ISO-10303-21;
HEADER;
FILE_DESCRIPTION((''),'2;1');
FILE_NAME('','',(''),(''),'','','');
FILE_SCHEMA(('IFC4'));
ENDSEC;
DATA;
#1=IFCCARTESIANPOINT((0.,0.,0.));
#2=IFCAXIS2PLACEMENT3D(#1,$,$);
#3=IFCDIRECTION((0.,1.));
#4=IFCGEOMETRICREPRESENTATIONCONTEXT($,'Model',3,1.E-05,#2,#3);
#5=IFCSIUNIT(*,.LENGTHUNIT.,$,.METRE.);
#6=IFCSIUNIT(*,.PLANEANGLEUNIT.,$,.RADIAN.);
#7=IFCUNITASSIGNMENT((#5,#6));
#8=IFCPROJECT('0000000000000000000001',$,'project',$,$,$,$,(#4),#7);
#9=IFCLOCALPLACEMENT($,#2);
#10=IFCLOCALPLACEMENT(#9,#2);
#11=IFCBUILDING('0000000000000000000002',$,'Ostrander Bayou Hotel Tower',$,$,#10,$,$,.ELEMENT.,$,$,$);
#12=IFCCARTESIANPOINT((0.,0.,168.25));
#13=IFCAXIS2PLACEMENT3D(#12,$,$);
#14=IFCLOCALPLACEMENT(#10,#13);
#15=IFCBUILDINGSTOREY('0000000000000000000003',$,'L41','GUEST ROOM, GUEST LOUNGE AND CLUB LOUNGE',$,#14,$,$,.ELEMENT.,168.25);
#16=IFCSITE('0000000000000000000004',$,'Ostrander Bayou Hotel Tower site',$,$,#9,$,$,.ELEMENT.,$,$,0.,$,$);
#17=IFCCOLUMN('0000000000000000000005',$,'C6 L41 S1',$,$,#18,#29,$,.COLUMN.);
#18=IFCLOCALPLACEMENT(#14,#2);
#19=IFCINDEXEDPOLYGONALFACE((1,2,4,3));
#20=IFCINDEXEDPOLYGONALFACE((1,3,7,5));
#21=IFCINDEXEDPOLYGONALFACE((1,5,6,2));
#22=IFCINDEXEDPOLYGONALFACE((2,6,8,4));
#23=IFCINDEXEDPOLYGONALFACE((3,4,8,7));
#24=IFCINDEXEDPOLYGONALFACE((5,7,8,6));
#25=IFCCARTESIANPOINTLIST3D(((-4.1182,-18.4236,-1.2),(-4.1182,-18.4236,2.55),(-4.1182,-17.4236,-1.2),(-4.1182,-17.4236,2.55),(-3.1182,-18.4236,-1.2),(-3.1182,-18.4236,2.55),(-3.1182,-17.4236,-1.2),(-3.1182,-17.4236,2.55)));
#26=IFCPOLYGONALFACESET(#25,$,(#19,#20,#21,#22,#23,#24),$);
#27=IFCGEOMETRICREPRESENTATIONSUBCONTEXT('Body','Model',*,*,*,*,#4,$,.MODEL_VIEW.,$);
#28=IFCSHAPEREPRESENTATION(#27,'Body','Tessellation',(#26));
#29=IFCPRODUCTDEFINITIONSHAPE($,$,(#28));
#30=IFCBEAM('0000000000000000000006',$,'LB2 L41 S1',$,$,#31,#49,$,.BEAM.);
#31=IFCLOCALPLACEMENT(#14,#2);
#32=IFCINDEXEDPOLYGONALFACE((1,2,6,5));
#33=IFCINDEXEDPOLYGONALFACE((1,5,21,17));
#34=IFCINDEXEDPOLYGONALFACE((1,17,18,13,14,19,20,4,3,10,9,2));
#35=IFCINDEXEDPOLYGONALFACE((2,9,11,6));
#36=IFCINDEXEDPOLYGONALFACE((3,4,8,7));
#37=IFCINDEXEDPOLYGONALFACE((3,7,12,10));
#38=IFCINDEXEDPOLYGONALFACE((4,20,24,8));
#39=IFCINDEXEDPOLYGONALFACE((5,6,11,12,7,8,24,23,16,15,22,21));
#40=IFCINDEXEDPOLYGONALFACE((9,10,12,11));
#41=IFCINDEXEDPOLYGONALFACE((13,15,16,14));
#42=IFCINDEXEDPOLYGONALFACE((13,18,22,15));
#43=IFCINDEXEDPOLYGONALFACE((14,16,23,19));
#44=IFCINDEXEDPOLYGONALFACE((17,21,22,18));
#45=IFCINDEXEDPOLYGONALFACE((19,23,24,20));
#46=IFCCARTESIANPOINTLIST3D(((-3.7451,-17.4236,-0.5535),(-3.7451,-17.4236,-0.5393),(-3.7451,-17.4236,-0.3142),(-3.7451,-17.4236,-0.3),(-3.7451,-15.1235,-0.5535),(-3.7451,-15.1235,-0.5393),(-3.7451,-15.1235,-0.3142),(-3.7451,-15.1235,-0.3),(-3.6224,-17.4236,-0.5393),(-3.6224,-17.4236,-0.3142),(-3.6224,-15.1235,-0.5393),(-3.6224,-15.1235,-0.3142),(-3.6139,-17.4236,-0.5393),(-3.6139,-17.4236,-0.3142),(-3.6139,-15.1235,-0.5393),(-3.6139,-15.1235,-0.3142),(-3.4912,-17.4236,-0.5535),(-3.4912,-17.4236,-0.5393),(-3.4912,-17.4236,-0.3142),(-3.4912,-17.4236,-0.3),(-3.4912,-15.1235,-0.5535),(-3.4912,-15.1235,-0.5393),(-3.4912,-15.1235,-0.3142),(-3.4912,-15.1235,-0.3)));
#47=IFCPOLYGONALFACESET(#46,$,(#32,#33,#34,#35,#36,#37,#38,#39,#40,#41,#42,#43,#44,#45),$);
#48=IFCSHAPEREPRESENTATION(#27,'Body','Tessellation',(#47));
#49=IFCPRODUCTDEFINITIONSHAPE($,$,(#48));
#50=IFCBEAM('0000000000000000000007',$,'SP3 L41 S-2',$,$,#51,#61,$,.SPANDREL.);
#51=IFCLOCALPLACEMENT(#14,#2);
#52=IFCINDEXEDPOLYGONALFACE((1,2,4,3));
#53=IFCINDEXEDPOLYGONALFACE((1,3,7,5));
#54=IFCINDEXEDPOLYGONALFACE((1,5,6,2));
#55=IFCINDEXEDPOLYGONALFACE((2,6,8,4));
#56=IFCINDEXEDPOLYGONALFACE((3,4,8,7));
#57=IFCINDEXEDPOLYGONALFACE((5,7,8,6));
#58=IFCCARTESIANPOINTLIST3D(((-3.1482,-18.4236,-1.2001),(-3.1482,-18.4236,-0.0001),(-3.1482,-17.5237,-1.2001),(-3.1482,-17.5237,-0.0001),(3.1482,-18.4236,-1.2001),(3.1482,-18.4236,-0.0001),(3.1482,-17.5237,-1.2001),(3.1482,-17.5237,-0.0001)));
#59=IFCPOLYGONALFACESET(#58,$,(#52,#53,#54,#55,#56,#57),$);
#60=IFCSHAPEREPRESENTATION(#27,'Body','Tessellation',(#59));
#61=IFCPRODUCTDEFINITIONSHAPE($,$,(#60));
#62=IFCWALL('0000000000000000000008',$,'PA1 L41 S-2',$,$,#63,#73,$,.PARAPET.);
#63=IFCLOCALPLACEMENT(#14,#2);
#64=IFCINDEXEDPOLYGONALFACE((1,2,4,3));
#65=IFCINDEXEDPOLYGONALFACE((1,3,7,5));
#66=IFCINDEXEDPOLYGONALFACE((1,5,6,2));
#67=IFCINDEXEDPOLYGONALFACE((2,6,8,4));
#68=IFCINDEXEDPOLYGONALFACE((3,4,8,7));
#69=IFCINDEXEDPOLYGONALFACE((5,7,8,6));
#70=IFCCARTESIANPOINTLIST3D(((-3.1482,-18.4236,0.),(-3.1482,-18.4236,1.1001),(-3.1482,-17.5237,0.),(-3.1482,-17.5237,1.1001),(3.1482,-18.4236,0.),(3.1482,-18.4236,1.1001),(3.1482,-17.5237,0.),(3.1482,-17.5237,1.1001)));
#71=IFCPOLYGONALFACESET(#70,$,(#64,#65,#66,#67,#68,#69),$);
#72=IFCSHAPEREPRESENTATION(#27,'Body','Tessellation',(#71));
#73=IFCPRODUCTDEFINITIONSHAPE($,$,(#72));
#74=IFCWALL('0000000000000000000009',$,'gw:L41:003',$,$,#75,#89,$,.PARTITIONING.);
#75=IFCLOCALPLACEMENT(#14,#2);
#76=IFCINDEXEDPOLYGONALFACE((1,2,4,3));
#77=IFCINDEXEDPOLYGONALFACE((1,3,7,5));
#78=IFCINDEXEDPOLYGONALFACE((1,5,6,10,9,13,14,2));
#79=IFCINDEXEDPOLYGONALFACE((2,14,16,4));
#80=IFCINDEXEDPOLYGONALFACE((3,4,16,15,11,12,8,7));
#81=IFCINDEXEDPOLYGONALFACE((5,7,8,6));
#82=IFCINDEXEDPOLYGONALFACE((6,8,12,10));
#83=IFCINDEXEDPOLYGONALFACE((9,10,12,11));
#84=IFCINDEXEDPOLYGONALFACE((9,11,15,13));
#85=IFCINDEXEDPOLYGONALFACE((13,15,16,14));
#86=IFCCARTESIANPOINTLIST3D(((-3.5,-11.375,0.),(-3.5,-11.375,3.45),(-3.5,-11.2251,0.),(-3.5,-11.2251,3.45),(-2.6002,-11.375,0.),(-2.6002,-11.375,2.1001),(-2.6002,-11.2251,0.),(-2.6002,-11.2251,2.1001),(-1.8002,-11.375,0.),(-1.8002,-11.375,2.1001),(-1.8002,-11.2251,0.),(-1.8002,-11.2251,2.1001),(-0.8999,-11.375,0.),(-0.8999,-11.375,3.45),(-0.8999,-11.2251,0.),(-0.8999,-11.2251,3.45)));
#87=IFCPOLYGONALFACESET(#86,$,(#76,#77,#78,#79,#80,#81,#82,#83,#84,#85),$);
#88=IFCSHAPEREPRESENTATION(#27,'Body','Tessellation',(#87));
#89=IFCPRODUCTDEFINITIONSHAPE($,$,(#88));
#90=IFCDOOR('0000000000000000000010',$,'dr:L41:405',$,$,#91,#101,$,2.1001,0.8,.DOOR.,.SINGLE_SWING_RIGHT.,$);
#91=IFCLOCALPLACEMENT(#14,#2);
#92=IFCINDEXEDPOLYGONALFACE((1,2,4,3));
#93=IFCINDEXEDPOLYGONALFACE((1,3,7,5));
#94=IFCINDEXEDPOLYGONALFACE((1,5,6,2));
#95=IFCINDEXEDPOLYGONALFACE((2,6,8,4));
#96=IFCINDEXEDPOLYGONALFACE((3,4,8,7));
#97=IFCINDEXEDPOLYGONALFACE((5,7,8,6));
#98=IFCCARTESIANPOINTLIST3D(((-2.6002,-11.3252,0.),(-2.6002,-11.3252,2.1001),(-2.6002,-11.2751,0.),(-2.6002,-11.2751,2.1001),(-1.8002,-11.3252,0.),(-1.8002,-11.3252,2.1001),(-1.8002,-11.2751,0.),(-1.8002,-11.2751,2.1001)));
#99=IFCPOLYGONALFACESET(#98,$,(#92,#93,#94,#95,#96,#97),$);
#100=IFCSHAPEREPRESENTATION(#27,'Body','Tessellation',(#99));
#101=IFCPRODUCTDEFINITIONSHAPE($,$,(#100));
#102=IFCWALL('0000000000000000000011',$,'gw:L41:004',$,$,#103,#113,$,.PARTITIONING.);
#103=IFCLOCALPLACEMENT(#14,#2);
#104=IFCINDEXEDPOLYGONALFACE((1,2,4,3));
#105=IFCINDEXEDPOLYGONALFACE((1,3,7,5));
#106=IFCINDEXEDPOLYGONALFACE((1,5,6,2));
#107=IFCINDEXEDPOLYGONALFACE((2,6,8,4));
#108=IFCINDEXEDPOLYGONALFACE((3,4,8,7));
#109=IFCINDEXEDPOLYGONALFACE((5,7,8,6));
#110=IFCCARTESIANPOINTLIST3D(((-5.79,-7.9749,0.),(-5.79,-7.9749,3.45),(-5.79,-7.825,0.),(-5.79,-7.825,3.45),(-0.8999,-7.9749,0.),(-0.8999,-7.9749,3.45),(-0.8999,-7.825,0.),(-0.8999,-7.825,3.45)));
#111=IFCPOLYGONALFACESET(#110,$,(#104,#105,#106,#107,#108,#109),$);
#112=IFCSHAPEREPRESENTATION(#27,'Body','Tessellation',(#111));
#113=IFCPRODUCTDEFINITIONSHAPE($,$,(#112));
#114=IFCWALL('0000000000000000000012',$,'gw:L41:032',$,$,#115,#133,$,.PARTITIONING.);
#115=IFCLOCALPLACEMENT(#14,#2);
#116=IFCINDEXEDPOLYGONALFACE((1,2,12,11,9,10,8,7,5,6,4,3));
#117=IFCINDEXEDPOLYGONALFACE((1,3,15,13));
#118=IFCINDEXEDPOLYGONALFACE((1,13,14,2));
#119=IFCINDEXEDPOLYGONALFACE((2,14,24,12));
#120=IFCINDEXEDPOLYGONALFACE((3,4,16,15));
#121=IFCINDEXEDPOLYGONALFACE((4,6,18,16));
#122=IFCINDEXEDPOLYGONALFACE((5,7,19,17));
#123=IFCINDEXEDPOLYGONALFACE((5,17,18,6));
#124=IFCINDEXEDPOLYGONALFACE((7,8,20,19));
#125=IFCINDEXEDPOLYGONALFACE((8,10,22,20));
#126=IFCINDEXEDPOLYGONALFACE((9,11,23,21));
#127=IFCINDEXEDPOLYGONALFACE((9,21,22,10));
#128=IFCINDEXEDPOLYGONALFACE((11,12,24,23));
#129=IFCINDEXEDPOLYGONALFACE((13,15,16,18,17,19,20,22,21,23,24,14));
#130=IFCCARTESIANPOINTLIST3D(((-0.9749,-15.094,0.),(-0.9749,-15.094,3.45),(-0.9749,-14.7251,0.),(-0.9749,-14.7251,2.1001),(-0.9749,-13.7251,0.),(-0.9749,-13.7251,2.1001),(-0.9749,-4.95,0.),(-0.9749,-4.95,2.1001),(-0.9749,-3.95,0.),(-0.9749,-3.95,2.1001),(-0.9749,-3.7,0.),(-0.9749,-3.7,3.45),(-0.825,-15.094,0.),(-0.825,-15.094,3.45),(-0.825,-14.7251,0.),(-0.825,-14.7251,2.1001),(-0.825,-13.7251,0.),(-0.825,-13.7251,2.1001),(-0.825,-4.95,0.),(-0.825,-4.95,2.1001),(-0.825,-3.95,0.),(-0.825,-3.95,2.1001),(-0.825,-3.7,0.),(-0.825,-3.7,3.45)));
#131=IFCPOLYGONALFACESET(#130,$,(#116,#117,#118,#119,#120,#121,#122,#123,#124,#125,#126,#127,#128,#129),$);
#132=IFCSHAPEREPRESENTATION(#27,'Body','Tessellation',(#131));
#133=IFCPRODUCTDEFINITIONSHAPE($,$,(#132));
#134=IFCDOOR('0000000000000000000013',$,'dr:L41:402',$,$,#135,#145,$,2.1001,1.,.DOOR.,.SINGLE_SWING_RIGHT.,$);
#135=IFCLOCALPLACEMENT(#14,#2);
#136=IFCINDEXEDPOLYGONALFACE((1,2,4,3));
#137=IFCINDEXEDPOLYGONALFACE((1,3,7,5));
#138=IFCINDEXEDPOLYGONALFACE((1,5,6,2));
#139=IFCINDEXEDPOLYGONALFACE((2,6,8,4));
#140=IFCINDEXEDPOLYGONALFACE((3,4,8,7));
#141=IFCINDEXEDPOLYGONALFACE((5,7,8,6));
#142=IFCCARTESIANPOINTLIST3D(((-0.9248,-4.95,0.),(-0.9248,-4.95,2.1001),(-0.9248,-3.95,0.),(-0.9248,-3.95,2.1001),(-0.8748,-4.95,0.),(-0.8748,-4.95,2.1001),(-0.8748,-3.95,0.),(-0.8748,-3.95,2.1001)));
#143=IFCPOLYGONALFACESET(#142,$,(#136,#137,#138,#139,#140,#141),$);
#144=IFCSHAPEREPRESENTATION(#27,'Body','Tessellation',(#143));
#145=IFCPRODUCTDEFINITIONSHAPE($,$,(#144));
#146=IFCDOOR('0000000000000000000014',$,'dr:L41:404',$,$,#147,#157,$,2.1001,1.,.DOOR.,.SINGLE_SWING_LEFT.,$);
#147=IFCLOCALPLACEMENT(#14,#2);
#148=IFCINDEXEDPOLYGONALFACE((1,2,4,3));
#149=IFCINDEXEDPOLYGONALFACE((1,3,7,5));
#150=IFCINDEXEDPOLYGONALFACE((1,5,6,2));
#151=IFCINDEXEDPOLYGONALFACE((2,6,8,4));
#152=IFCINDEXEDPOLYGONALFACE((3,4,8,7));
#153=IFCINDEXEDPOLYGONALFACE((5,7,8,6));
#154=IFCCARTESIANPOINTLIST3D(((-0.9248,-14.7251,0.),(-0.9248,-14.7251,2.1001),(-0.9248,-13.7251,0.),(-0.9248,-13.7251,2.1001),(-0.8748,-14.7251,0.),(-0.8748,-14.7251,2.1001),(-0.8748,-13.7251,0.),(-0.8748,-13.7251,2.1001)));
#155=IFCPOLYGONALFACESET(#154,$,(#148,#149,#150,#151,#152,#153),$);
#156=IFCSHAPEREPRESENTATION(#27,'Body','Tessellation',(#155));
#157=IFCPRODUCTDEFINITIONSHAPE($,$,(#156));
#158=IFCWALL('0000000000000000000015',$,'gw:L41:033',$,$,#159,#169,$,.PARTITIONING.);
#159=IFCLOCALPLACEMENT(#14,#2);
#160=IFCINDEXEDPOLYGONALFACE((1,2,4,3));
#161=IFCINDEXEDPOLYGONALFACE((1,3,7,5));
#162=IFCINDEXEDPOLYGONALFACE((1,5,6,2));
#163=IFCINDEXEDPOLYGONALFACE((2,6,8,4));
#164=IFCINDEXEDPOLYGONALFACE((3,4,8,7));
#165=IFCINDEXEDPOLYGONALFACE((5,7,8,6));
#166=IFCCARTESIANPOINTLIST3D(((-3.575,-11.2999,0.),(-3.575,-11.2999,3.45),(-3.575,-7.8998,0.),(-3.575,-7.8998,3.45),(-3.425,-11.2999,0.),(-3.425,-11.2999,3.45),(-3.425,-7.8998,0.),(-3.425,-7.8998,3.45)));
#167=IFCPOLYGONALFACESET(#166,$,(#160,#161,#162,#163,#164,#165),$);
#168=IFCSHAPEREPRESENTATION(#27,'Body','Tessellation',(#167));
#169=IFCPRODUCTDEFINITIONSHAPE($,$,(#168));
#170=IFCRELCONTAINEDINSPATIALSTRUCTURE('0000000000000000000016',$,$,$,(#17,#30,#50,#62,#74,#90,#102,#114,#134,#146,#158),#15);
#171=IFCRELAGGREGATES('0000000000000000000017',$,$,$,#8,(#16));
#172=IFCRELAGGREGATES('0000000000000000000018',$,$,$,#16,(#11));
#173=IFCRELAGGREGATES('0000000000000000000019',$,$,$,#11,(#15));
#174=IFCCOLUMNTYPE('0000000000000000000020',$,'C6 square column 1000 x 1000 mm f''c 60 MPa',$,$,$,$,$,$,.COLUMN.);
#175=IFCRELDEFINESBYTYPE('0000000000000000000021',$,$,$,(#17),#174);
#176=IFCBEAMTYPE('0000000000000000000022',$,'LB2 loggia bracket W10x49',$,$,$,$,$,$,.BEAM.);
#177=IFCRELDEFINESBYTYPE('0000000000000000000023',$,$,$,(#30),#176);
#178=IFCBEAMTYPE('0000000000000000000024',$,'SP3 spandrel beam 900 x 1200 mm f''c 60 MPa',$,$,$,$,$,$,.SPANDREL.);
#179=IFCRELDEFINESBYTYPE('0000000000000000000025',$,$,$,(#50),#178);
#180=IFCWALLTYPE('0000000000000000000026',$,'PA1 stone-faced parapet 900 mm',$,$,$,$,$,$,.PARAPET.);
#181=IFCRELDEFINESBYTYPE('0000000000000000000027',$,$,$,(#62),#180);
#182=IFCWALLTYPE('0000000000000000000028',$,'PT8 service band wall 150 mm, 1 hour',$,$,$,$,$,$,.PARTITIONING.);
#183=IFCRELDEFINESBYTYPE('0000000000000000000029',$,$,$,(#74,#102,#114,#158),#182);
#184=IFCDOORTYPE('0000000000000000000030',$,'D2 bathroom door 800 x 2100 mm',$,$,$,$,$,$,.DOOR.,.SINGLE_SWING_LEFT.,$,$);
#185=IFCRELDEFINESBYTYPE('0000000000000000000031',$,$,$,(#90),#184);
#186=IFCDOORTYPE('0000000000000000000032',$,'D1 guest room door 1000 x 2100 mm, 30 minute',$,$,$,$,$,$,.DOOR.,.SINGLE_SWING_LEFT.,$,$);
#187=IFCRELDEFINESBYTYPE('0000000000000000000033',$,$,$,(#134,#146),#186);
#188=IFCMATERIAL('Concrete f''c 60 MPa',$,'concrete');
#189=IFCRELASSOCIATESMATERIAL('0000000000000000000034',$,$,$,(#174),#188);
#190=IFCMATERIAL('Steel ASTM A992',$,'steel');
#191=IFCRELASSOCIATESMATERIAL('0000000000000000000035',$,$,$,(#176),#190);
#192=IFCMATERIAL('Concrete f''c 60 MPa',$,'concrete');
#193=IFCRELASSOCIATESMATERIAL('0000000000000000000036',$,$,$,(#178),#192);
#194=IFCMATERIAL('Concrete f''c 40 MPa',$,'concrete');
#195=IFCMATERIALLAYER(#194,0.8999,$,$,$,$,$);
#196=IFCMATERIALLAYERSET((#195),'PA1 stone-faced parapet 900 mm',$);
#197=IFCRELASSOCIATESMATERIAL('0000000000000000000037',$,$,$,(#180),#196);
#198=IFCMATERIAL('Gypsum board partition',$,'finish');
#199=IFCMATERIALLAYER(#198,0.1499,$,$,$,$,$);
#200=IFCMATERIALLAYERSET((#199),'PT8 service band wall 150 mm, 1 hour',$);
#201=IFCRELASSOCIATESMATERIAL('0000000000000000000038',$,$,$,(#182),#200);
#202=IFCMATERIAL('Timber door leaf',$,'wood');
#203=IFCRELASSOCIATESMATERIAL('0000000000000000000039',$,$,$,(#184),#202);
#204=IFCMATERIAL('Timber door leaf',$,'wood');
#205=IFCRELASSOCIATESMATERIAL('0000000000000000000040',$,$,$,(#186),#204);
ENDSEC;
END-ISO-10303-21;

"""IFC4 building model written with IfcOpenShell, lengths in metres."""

from ifc_helpers import new_model, si_unit, direction, frame, frame_2d, origin, origin_2d, place, context, subcontext, project, spatial, rectangle, i_section, extrude, material, layer, layer_set, material_profile, profile_set, type_object, element, fill, save


model = new_model("IFC4")

# Units and contexts
model_context = context("Model", 3, precision=1e-05, world=origin(), true_north=direction((0.0, 1.0)))
body_context = subcontext(model_context, "Body", "Model", "MODEL_VIEW")
ifc_project = project(units=[si_unit("LENGTHUNIT", "METRE"), si_unit("PLANEANGLEUNIT", "RADIAN")], contexts=[model_context])

# Site, building, storey
site_placement = place(None, origin())
site = spatial("IfcSite", under=ifc_project, at=site_placement, Name="Ostrander Bayou Hotel Tower site", CompositionType="ELEMENT", RefElevation=0.0)
building_placement = place(site_placement, origin())
building = spatial("IfcBuilding", under=site, at=building_placement, Name="Ostrander Bayou Hotel Tower", CompositionType="ELEMENT")
storey_placement = place(building_placement, frame((0.0, 0.0, 168.25)))
storey = spatial("IfcBuildingStorey", under=building, at=storey_placement, Name="L41", Description="GUEST ROOM, GUEST LOUNGE AND CLUB LOUNGE", CompositionType="ELEMENT", Elevation=168.25)

# Column
ifc_material_1 = material(Name="Concrete f'c 60 MPa", Category="concrete")
ifc_material_profile_1 = material_profile(ifc_material_1, rectangle(XDim=1.0, YDim=1.0, at=origin_2d()))
ifc_profile_set_1 = profile_set([ifc_material_profile_1], Name="Concrete f'c 60 MPa")
column_type = type_object("IfcColumnType", Name="C6 square column 1000 x 1000 mm f'c 60 MPa", PredefinedType="COLUMN", material=ifc_profile_set_1)
column_placement = place(storey_placement, frame((-3.6182, -17.9236, -1.2), z_axis=(0.0, 0.0, 1.0), x_axis=(-1.0, 0.0, 0.0)))
element("IfcColumn", 1, at=column_placement, inside=storey, type_object=column_type, Name="C6 L41 S1", PredefinedType="COLUMN", context=body_context, shape_type="SweptSolid", body=[
    extrude(rectangle(XDim=1.0, YDim=1.0, at=origin_2d()), origin(), (0.0, 0.0, 1.0), 3.75),
])

# Beams
ifc_material_2 = material(Name="Steel ASTM A992", Category="steel")
ifc_material_profile_2 = material_profile(ifc_material_2, i_section(OverallWidth=0.2539, OverallDepth=0.2534, WebThickness=0.0085, FlangeThickness=0.0142, at=origin_2d()))
ifc_profile_set_2 = profile_set([ifc_material_profile_2], Name="Steel ASTM A992")
beam_type_1 = type_object("IfcBeamType", Name="LB2 loggia bracket W10x49", PredefinedType="BEAM", material=ifc_profile_set_2)
beam_1_placement = place(storey_placement, frame((-3.6182, -17.4236, -0.4268), z_axis=(0.0, 1.0, 0.0), x_axis=(-1.0, 0.0, 0.0)))
element("IfcBeam", 2, at=beam_1_placement, inside=storey, type_object=beam_type_1, Name="LB2 L41 S1", PredefinedType="BEAM", context=body_context, shape_type="SweptSolid", body=[
    extrude(i_section(OverallWidth=0.2539, OverallDepth=0.2534, WebThickness=0.0085, FlangeThickness=0.0142, at=origin_2d()), origin(), (0.0, 0.0, 1.0), 2.3),
])
ifc_material_3 = material(Name="Concrete f'c 60 MPa", Category="concrete")
ifc_material_profile_3 = material_profile(ifc_material_3, rectangle(XDim=0.8999, YDim=1.2, at=origin_2d()))
ifc_profile_set_3 = profile_set([ifc_material_profile_3], Name="Concrete f'c 60 MPa")
beam_type_2 = type_object("IfcBeamType", Name="SP3 spandrel beam 900 x 1200 mm f'c 60 MPa", PredefinedType="SPANDREL", material=ifc_profile_set_3)
beam_2_placement = place(storey_placement, frame((-3.1482, -17.9736, -0.6001), z_axis=(1.0, 0.0, 0.0), x_axis=(0.0, 1.0, 0.0)))
element("IfcBeam", 3, at=beam_2_placement, inside=storey, type_object=beam_type_2, Name="SP3 L41 S-2", PredefinedType="SPANDREL", context=body_context, shape_type="SweptSolid", body=[
    extrude(rectangle(XDim=0.8999, YDim=1.2, at=origin_2d()), origin(), (0.0, 0.0, 1.0), 6.2964),
])

# Wall
ifc_material_4 = material(Name="Concrete f'c 40 MPa", Category="concrete")
ifc_layer_1 = layer(ifc_material_4, 0.8999)
ifc_layer_set_1 = layer_set([ifc_layer_1], Name="PA1 stone-faced parapet 900 mm")
wall_type_1 = type_object("IfcWallType", Name="PA1 stone-faced parapet 900 mm", PredefinedType="PARAPET", material=ifc_layer_set_1)
wall_1_placement = place(storey_placement, frame((-3.1482, -17.9736, 0.0), z_axis=(0.0, 0.0, 1.0), x_axis=(1.0, 0.0, 0.0)))
element("IfcWall", 4, at=wall_1_placement, inside=storey, type_object=wall_type_1, Name="PA1 L41 S-2", PredefinedType="PARAPET", context=body_context, shape_type="SweptSolid", body=[
    extrude(rectangle(XDim=6.2964, YDim=0.8999, at=frame_2d((3.1482, 0.0))), origin(), (0.0, 0.0, 1.0), 1.1001),
])

# Wall, opening, door
ifc_material_5 = material(Name="Gypsum board partition", Category="finish")
ifc_layer_2 = layer(ifc_material_5, 0.1499)
ifc_layer_set_2 = layer_set([ifc_layer_2], Name="PT8 service band wall 150 mm, 1 hour")
wall_type_2 = type_object("IfcWallType", Name="PT8 service band wall 150 mm, 1 hour", PredefinedType="PARTITIONING", material=ifc_layer_set_2)
wall_2_placement = place(storey_placement, frame((-3.5, -11.3, 0.0), z_axis=(0.0, 0.0, 1.0), x_axis=(1.0, 0.0, 0.0)))
wall_2 = element("IfcWall", 5, at=wall_2_placement, inside=storey, type_object=wall_type_2, Name="gw:L41:003", PredefinedType="PARTITIONING", context=body_context, shape_type="SweptSolid", body=[
    extrude(rectangle(XDim=2.6001, YDim=0.1499, at=frame_2d((1.3, 0.0))), origin(), (0.0, 0.0, 1.0), 3.45),
])
opening_1_placement = place(wall_2_placement, frame((0.8999, 0.0, 0.0)))
opening_1 = element("IfcOpeningElement", 6, at=opening_1_placement, cuts=wall_2, PredefinedType="OPENING", context=body_context, shape_type="SweptSolid", body=[
    extrude(rectangle(XDim=0.8, YDim=2.1001, at=frame_2d((0.3999, 1.05))), frame((0.0, 0.075, 0.0), z_axis=(0.0, -1.0, 0.0), x_axis=(1.0, 0.0, 0.0)), (0.0, 0.0, 1.0), 0.1499),
])
ifc_material_6 = material(Name="Timber door leaf", Category="wood")
door_type_1 = type_object("IfcDoorType", Name="D2 bathroom door 800 x 2100 mm", OperationType="SINGLE_SWING_LEFT", PredefinedType="DOOR", material=ifc_material_6)
door_1_placement = place(opening_1_placement, origin())
door_1 = element("IfcDoor", 7, at=door_1_placement, inside=storey, type_object=door_type_1, Name="dr:L41:405", OperationType="SINGLE_SWING_RIGHT", OverallHeight=2.1001, OverallWidth=0.8, PredefinedType="DOOR", context=body_context, shape_type="SweptSolid", body=[
    extrude(rectangle(XDim=0.8, YDim=2.1001, at=frame_2d((0.3999, 1.05))), frame((0.0, 0.0249, 0.0), z_axis=(0.0, -1.0, 0.0), x_axis=(1.0, 0.0, 0.0)), (0.0, 0.0, 1.0), 0.05),
])
fill(opening_1, door_1)

# Wall
wall_3_placement = place(storey_placement, frame((-5.79, -7.8999, 0.0), z_axis=(0.0, 0.0, 1.0), x_axis=(1.0, 0.0, 0.0)))
element("IfcWall", 8, at=wall_3_placement, inside=storey, type_object=wall_type_2, Name="gw:L41:004", PredefinedType="PARTITIONING", context=body_context, shape_type="SweptSolid", body=[
    extrude(rectangle(XDim=4.8901, YDim=0.1499, at=frame_2d((2.4451, 0.0))), origin(), (0.0, 0.0, 1.0), 3.45),
])

# Wall, openings, doors
wall_4_placement = place(storey_placement, frame((-0.8999, -15.094, 0.0), z_axis=(0.0, 0.0, 1.0), x_axis=(0.0, 1.0, 0.0)))
wall_4 = element("IfcWall", 9, at=wall_4_placement, inside=storey, type_object=wall_type_2, Name="gw:L41:032", PredefinedType="PARTITIONING", context=body_context, shape_type="SweptSolid", body=[
    extrude(rectangle(XDim=11.394, YDim=0.1499, at=frame_2d((5.697, 0.0))), origin(), (0.0, 0.0, 1.0), 3.45),
])
opening_2_placement = place(wall_4_placement, frame((10.144, 0.0, 0.0)))
opening_2 = element("IfcOpeningElement", 10, at=opening_2_placement, cuts=wall_4, PredefinedType="OPENING", context=body_context, shape_type="SweptSolid", body=[
    extrude(rectangle(XDim=1.0, YDim=2.1001, at=frame_2d((0.5, 1.05))), frame((0.0, 0.075, 0.0), z_axis=(0.0, -1.0, 0.0), x_axis=(1.0, 0.0, 0.0)), (0.0, 0.0, 1.0), 0.1499),
])
opening_3_placement = place(wall_4_placement, frame((0.3689, 0.0, 0.0)))
opening_3 = element("IfcOpeningElement", 11, at=opening_3_placement, cuts=wall_4, PredefinedType="OPENING", context=body_context, shape_type="SweptSolid", body=[
    extrude(rectangle(XDim=1.0, YDim=2.1001, at=frame_2d((0.5, 1.05))), frame((0.0, 0.075, 0.0), z_axis=(0.0, -1.0, 0.0), x_axis=(1.0, 0.0, 0.0)), (0.0, 0.0, 1.0), 0.1499),
])
ifc_material_7 = material(Name="Timber door leaf", Category="wood")
door_type_2 = type_object("IfcDoorType", Name="D1 guest room door 1000 x 2100 mm, 30 minute", OperationType="SINGLE_SWING_LEFT", PredefinedType="DOOR", material=ifc_material_7)
door_2_placement = place(opening_2_placement, origin())
door_2 = element("IfcDoor", 12, at=door_2_placement, inside=storey, type_object=door_type_2, Name="dr:L41:402", OperationType="SINGLE_SWING_RIGHT", OverallHeight=2.1001, OverallWidth=1.0, PredefinedType="DOOR", context=body_context, shape_type="SweptSolid", body=[
    extrude(rectangle(XDim=1.0, YDim=2.1001, at=frame_2d((0.5, 1.05))), frame((0.0, 0.0249, 0.0), z_axis=(0.0, -1.0, 0.0), x_axis=(1.0, 0.0, 0.0)), (0.0, 0.0, 1.0), 0.05),
])
fill(opening_2, door_2)
door_3_placement = place(opening_3_placement, origin())
door_3 = element("IfcDoor", 13, at=door_3_placement, inside=storey, type_object=door_type_2, Name="dr:L41:404", OperationType="SINGLE_SWING_LEFT", OverallHeight=2.1001, OverallWidth=1.0, PredefinedType="DOOR", context=body_context, shape_type="SweptSolid", body=[
    extrude(rectangle(XDim=1.0, YDim=2.1001, at=frame_2d((0.5, 1.05))), frame((0.0, 0.0249, 0.0), z_axis=(0.0, -1.0, 0.0), x_axis=(1.0, 0.0, 0.0)), (0.0, 0.0, 1.0), 0.05),
])
fill(opening_3, door_3)

# Wall
wall_5_placement = place(storey_placement, frame((-3.5, -11.3, 0.0), z_axis=(0.0, 0.0, 1.0), x_axis=(0.0, 1.0, 0.0)))
element("IfcWall", 14, at=wall_5_placement, inside=storey, type_object=wall_type_2, Name="gw:L41:033", PredefinedType="PARTITIONING", context=body_context, shape_type="SweptSolid", body=[
    extrude(rectangle(XDim=3.4001, YDim=0.1499, at=frame_2d((1.7002, 0.0))), origin(), (0.0, 0.0, 1.0), 3.45),
])

save(model, "model.ifc")
